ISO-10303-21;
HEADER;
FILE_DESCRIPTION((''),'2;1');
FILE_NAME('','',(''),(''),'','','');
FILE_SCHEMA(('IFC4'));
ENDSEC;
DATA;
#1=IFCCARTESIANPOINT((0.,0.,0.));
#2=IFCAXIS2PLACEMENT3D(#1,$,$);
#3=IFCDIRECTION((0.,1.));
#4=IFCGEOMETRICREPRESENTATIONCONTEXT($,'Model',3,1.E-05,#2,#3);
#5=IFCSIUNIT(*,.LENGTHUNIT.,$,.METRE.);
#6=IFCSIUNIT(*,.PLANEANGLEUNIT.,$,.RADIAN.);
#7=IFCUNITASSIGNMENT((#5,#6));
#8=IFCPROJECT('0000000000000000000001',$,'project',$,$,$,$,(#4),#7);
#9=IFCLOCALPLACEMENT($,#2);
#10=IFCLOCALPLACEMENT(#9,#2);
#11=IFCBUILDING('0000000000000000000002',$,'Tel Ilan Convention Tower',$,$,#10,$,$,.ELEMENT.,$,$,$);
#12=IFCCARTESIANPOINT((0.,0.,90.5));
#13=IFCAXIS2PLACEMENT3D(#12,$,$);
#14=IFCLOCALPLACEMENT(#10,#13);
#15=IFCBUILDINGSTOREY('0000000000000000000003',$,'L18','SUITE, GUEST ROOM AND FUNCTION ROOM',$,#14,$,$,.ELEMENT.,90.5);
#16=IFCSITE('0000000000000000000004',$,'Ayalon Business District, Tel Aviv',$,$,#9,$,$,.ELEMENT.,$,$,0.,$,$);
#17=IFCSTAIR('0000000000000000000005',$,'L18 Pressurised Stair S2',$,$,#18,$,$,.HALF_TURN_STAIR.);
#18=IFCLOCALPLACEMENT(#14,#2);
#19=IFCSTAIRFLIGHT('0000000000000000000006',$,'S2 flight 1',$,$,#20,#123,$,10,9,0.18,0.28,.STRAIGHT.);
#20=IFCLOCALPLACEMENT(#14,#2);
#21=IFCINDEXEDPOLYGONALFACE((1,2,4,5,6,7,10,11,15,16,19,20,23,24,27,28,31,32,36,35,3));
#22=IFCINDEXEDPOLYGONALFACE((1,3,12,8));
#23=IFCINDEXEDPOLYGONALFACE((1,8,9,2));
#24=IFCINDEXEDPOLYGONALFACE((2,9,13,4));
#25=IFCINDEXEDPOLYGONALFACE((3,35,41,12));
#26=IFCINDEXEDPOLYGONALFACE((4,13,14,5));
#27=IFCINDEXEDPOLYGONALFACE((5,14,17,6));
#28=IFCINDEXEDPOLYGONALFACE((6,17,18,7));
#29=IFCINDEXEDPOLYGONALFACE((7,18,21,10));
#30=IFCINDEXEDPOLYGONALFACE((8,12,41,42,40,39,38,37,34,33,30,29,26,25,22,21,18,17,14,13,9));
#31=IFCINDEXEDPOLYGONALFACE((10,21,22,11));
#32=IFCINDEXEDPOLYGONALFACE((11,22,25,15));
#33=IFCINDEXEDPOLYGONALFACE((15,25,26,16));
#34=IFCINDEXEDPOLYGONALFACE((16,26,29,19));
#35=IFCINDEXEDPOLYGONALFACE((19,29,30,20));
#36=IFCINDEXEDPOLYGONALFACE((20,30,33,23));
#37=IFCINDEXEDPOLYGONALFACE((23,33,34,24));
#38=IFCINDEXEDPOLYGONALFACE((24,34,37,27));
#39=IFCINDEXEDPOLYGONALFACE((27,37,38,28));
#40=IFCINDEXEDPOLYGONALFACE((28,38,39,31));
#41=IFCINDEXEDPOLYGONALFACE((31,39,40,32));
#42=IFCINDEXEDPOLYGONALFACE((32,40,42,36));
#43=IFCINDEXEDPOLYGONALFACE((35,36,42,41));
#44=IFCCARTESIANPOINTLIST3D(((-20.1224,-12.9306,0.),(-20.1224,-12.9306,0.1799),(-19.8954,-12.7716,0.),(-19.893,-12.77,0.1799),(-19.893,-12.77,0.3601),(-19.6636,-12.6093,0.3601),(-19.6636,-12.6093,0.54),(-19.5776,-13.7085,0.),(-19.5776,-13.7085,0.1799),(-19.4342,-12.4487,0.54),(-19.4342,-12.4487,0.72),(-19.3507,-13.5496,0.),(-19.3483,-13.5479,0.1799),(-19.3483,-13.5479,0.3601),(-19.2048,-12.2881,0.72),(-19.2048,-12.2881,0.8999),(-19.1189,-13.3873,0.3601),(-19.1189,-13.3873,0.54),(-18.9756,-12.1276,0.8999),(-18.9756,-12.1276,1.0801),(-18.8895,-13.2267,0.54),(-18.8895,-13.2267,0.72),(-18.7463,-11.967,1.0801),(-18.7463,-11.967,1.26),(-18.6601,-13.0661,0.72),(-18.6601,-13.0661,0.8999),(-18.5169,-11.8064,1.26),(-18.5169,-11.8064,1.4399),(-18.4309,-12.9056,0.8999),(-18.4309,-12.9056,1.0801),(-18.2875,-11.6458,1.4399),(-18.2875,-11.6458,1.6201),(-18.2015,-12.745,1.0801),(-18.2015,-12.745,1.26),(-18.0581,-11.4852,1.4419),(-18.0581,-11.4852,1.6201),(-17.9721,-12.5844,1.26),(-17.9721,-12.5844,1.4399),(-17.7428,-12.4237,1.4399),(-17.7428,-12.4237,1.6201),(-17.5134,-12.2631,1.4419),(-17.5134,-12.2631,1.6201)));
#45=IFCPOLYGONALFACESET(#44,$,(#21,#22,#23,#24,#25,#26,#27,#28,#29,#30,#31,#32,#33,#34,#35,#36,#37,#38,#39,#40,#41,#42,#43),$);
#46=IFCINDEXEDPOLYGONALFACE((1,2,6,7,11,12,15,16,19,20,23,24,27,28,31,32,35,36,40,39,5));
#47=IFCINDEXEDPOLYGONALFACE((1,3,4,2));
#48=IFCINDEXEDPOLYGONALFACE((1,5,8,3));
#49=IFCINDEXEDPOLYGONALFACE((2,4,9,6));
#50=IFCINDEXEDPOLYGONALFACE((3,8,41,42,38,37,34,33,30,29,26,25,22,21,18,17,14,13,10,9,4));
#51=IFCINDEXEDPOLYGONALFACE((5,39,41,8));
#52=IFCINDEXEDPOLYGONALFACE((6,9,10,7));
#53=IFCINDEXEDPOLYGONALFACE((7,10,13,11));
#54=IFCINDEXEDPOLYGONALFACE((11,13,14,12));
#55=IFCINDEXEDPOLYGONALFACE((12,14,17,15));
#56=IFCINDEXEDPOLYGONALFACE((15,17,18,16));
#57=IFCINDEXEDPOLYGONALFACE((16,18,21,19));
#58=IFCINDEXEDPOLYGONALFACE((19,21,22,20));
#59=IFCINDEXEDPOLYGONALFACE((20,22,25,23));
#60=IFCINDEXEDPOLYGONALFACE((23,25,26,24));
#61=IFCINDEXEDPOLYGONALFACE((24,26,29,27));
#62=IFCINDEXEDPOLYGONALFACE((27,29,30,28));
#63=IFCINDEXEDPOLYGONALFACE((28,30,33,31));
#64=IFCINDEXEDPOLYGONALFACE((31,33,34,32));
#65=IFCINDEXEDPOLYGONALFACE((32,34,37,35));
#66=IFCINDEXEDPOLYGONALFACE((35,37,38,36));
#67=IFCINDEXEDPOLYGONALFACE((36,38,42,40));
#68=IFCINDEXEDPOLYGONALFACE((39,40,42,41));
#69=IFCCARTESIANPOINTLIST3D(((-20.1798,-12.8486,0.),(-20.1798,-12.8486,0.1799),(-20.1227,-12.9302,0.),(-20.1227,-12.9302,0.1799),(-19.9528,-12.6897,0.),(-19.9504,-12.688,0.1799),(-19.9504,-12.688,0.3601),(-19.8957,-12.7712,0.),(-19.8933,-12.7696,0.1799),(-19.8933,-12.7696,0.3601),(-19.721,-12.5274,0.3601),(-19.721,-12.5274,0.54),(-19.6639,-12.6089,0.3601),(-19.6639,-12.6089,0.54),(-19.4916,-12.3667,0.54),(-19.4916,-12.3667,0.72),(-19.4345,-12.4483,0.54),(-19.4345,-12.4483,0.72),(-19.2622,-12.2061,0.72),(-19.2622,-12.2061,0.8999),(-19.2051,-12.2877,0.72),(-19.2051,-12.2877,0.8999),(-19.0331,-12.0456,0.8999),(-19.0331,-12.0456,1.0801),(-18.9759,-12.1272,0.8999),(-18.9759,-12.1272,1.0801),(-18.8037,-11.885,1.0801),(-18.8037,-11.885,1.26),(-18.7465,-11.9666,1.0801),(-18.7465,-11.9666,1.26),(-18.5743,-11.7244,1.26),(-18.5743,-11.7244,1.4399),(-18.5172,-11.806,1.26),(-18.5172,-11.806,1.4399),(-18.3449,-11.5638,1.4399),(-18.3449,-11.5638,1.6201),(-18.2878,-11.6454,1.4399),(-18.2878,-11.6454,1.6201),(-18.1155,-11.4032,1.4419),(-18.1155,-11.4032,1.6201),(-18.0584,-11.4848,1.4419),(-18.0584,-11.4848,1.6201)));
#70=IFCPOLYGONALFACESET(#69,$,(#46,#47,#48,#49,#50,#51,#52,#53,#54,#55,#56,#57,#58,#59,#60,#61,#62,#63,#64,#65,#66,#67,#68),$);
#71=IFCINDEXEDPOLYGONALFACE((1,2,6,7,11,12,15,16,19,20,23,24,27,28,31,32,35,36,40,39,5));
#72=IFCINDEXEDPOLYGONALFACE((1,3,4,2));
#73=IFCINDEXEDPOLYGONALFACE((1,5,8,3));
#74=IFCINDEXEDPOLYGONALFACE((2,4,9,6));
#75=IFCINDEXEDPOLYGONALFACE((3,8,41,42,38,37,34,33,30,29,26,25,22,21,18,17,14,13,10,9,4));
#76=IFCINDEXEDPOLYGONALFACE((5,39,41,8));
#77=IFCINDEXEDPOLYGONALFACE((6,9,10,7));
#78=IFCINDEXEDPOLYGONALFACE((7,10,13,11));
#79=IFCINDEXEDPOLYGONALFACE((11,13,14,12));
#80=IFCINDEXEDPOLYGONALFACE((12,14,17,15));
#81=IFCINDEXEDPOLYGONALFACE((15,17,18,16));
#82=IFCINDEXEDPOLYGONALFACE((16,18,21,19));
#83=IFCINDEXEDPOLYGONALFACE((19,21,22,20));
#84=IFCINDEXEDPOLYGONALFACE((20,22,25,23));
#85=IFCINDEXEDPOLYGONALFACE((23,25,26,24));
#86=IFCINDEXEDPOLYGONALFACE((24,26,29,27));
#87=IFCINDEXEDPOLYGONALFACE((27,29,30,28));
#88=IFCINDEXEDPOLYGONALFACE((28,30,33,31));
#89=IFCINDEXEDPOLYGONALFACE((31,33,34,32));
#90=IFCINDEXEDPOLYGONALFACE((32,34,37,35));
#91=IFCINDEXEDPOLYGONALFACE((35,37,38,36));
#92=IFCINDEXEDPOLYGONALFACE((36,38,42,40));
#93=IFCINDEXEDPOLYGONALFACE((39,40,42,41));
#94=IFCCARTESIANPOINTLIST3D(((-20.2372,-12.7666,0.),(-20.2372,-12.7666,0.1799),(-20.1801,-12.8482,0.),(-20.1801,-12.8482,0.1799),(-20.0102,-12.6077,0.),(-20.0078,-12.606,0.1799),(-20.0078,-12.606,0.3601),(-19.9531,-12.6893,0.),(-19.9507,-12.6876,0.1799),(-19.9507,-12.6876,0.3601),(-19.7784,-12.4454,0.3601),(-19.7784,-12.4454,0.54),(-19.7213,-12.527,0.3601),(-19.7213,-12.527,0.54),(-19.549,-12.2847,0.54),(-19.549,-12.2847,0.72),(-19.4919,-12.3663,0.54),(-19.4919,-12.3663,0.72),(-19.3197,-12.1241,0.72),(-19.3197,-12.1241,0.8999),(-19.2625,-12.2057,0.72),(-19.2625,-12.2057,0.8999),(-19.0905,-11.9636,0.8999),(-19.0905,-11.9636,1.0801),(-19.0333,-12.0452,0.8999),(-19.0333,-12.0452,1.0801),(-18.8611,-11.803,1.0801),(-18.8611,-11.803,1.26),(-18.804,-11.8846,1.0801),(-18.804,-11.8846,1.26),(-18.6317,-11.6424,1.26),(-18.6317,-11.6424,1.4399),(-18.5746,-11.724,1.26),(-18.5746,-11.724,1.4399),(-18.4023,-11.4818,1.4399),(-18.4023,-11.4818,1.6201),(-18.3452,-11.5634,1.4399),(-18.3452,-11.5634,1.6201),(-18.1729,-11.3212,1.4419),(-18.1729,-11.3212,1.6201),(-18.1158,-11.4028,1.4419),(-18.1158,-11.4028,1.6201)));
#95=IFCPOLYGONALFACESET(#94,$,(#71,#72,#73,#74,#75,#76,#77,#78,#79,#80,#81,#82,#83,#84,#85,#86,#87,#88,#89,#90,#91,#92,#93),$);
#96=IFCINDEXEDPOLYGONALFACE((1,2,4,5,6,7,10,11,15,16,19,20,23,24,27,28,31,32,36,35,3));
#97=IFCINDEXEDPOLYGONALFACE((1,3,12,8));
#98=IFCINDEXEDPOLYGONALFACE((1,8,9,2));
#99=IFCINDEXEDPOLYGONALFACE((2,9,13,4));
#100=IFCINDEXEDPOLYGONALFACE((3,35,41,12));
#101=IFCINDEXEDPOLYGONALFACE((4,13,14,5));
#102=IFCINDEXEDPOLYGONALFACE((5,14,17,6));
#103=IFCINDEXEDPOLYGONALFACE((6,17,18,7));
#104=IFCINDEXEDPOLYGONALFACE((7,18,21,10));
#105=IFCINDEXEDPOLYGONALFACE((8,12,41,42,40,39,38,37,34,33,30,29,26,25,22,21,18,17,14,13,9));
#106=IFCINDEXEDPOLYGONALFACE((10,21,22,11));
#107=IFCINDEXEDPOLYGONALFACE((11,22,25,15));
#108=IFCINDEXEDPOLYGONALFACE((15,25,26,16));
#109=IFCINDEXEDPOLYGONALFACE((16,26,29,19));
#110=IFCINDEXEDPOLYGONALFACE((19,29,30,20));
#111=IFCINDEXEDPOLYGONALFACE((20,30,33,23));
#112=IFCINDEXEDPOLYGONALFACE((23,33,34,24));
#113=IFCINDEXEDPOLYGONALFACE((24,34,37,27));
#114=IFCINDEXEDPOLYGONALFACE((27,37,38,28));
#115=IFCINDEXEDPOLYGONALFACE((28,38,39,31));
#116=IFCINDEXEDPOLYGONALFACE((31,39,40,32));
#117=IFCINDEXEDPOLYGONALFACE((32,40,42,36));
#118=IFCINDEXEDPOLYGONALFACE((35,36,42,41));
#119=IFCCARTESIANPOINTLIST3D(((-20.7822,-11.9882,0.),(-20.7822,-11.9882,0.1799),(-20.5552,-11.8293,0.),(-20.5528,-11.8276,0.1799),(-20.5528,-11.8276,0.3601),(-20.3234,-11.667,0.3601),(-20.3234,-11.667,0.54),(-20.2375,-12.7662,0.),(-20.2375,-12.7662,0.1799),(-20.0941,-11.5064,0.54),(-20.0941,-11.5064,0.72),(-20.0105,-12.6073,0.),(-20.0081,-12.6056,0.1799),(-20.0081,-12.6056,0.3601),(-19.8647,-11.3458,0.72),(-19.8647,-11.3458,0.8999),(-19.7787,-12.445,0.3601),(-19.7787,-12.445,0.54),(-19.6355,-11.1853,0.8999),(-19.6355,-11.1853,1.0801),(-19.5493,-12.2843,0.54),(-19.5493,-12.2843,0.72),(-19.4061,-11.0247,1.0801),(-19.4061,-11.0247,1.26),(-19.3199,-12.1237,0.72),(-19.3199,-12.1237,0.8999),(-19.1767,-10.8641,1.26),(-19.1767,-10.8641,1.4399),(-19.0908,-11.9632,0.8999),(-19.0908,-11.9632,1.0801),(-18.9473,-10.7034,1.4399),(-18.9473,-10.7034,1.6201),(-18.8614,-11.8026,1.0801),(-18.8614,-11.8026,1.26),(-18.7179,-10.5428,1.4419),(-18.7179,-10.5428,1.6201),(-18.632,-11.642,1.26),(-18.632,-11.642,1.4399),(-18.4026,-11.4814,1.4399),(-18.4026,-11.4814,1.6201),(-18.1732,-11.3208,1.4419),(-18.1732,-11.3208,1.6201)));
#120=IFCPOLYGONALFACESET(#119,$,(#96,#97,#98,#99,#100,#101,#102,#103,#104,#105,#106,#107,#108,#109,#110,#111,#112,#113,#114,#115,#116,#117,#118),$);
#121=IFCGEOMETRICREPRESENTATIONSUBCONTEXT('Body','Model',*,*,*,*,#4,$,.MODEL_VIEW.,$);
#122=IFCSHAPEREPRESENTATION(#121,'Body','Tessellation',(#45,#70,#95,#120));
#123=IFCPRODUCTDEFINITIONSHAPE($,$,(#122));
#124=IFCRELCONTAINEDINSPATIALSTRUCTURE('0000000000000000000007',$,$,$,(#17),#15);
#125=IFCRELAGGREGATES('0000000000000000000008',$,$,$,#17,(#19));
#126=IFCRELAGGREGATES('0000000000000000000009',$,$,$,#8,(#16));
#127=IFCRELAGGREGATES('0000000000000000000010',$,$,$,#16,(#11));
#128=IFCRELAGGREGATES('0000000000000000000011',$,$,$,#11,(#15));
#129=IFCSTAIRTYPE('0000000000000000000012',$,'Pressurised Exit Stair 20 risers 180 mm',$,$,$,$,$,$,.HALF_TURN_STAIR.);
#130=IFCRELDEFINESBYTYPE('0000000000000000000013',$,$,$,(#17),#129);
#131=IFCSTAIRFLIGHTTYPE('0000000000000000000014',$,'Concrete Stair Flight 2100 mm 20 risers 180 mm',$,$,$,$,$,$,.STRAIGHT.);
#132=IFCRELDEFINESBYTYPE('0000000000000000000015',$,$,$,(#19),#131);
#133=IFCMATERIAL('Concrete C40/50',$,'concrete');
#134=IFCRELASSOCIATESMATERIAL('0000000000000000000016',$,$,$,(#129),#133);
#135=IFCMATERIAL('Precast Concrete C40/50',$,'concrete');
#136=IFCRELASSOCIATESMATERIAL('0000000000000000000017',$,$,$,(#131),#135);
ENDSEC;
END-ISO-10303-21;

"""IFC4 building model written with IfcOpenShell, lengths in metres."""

from ifc_helpers import new_model, si_unit, direction, frame, origin, place, context, subcontext, project, spatial, polyline, outline, extrude, material, type_object, element, aggregate, save


model = new_model("IFC4")

# Units and contexts
model_context = context("Model", 3, precision=1e-05, world=origin(), true_north=direction((0.0, 1.0)))
body_context = subcontext(model_context, "Body", "Model", "MODEL_VIEW")
ifc_project = project(units=[si_unit("LENGTHUNIT", "METRE"), si_unit("PLANEANGLEUNIT", "RADIAN")], contexts=[model_context])

# Site, building, storey
site_placement = place(None, origin())
site = spatial("IfcSite", under=ifc_project, at=site_placement, Name="Ayalon Business District, Tel Aviv", CompositionType="ELEMENT", RefElevation=0.0)
building_placement = place(site_placement, origin())
building = spatial("IfcBuilding", under=site, at=building_placement, Name="Tel Ilan Convention Tower", CompositionType="ELEMENT")
storey_placement = place(building_placement, frame((0.0, 0.0, 90.5)))
storey = spatial("IfcBuildingStorey", under=building, at=storey_placement, Name="L18", Description="SUITE, GUEST ROOM AND FUNCTION ROOM", CompositionType="ELEMENT", Elevation=90.5)

# Stair, stair flight
ifc_material_1 = material(Name="Concrete C40/50", Category="concrete")
stair_type = type_object("IfcStairType", Name="Pressurised Exit Stair 20 risers 180 mm", PredefinedType="HALF_TURN_STAIR", material=ifc_material_1)
ifc_material_2 = material(Name="Precast Concrete C40/50", Category="concrete")
stair_flight_type = type_object("IfcStairFlightType", Name="Concrete Stair Flight 2100 mm 20 risers 180 mm", PredefinedType="STRAIGHT", material=ifc_material_2)
stair_1_placement = place(storey_placement, origin())
stair_1 = element("IfcStair", 1, at=stair_1_placement, inside=storey, type_object=stair_type, Name="L18 Pressurised Stair S2", PredefinedType="HALF_TURN_STAIR")
stair_flight_1_placement = place(storey_placement, frame((-20.1799, -12.8484, 0.0), z_axis=(0.0, 0.0, 1.0), x_axis=(0.819152, 0.573576, 0.0)))
stair_flight_1 = element("IfcStairFlight", 2, at=stair_flight_1_placement, type_object=stair_flight_type, Name="S2 flight 1", NumberOfRisers=10, NumberOfTreads=9, PredefinedType="STRAIGHT", RiserHeight=0.18, TreadLength=0.28, context=body_context, shape_type="SweptSolid", body=[
    extrude(outline(polyline([(0.0, 0.0), (0.0, 0.1799), (0.28, 0.1799), (0.28, 0.3601), (0.5601, 0.3601), (0.5601, 0.54), (0.8401, 0.54), (0.8401, 0.72), (1.1201, 0.72), (1.1201, 0.8999), (1.3999, 0.8999), (1.3999, 1.0801), (1.6799, 1.0801), (1.6799, 1.26), (1.96, 1.26), (1.96, 1.4399), (2.24, 1.4399), (2.24, 1.6201), (2.52, 1.6201), (2.52, 1.8), (2.52, 1.4419), (0.2771, 0.0), (0.0, 0.0)])), frame((0.0, -0.1003, 0.0), z_axis=(0.0, -1.0, 0.0), x_axis=(1.0, 0.0, 0.0)), (0.0, 0.0, 1.0), 0.9497),
    extrude(outline(polyline([(0.0, 0.0), (0.0, 0.1799), (0.28, 0.1799), (0.28, 0.3601), (0.5601, 0.3601), (0.5601, 0.54), (0.8401, 0.54), (0.8401, 0.72), (1.1201, 0.72), (1.1201, 0.8999), (1.3999, 0.8999), (1.3999, 1.0801), (1.6799, 1.0801), (1.6799, 1.26), (1.96, 1.26), (1.96, 1.4399), (2.24, 1.4399), (2.24, 1.6201), (2.52, 1.6201), (2.52, 1.8), (2.52, 1.4419), (0.2771, 0.0), (0.0, 0.0)])), frame((0.0, -0.0002, 0.0), z_axis=(0.0, -1.0, 0.0), x_axis=(1.0, 0.0, 0.0)), (0.0, 0.0, 1.0), 0.0996),
    extrude(outline(polyline([(0.0, 0.0), (0.0, 0.1799), (0.28, 0.1799), (0.28, 0.3601), (0.5601, 0.3601), (0.5601, 0.54), (0.8401, 0.54), (0.8401, 0.72), (1.1201, 0.72), (1.1201, 0.8999), (1.3999, 0.8999), (1.3999, 1.0801), (1.6799, 1.0801), (1.6799, 1.26), (1.96, 1.26), (1.96, 1.4399), (2.24, 1.4399), (2.24, 1.6201), (2.52, 1.6201), (2.52, 1.8), (2.52, 1.4419), (0.2771, 0.0), (0.0, 0.0)])), frame((0.0, 0.0999, 0.0), z_axis=(0.0, -1.0, 0.0), x_axis=(1.0, 0.0, 0.0)), (0.0, 0.0, 1.0), 0.0996),
    extrude(outline(polyline([(0.0, 0.0), (0.0, 0.1799), (0.28, 0.1799), (0.28, 0.3601), (0.5601, 0.3601), (0.5601, 0.54), (0.8401, 0.54), (0.8401, 0.72), (1.1201, 0.72), (1.1201, 0.8999), (1.3999, 0.8999), (1.3999, 1.0801), (1.6799, 1.0801), (1.6799, 1.26), (1.96, 1.26), (1.96, 1.4399), (2.24, 1.4399), (2.24, 1.6201), (2.52, 1.6201), (2.52, 1.8), (2.52, 1.4419), (0.2771, 0.0), (0.0, 0.0)])), frame((0.0, 1.05, 0.0), z_axis=(0.0, -1.0, 0.0), x_axis=(1.0, 0.0, 0.0)), (0.0, 0.0, 1.0), 0.9497),
])
aggregate(stair_1, [stair_flight_1])

save(model, "model.ifc")
